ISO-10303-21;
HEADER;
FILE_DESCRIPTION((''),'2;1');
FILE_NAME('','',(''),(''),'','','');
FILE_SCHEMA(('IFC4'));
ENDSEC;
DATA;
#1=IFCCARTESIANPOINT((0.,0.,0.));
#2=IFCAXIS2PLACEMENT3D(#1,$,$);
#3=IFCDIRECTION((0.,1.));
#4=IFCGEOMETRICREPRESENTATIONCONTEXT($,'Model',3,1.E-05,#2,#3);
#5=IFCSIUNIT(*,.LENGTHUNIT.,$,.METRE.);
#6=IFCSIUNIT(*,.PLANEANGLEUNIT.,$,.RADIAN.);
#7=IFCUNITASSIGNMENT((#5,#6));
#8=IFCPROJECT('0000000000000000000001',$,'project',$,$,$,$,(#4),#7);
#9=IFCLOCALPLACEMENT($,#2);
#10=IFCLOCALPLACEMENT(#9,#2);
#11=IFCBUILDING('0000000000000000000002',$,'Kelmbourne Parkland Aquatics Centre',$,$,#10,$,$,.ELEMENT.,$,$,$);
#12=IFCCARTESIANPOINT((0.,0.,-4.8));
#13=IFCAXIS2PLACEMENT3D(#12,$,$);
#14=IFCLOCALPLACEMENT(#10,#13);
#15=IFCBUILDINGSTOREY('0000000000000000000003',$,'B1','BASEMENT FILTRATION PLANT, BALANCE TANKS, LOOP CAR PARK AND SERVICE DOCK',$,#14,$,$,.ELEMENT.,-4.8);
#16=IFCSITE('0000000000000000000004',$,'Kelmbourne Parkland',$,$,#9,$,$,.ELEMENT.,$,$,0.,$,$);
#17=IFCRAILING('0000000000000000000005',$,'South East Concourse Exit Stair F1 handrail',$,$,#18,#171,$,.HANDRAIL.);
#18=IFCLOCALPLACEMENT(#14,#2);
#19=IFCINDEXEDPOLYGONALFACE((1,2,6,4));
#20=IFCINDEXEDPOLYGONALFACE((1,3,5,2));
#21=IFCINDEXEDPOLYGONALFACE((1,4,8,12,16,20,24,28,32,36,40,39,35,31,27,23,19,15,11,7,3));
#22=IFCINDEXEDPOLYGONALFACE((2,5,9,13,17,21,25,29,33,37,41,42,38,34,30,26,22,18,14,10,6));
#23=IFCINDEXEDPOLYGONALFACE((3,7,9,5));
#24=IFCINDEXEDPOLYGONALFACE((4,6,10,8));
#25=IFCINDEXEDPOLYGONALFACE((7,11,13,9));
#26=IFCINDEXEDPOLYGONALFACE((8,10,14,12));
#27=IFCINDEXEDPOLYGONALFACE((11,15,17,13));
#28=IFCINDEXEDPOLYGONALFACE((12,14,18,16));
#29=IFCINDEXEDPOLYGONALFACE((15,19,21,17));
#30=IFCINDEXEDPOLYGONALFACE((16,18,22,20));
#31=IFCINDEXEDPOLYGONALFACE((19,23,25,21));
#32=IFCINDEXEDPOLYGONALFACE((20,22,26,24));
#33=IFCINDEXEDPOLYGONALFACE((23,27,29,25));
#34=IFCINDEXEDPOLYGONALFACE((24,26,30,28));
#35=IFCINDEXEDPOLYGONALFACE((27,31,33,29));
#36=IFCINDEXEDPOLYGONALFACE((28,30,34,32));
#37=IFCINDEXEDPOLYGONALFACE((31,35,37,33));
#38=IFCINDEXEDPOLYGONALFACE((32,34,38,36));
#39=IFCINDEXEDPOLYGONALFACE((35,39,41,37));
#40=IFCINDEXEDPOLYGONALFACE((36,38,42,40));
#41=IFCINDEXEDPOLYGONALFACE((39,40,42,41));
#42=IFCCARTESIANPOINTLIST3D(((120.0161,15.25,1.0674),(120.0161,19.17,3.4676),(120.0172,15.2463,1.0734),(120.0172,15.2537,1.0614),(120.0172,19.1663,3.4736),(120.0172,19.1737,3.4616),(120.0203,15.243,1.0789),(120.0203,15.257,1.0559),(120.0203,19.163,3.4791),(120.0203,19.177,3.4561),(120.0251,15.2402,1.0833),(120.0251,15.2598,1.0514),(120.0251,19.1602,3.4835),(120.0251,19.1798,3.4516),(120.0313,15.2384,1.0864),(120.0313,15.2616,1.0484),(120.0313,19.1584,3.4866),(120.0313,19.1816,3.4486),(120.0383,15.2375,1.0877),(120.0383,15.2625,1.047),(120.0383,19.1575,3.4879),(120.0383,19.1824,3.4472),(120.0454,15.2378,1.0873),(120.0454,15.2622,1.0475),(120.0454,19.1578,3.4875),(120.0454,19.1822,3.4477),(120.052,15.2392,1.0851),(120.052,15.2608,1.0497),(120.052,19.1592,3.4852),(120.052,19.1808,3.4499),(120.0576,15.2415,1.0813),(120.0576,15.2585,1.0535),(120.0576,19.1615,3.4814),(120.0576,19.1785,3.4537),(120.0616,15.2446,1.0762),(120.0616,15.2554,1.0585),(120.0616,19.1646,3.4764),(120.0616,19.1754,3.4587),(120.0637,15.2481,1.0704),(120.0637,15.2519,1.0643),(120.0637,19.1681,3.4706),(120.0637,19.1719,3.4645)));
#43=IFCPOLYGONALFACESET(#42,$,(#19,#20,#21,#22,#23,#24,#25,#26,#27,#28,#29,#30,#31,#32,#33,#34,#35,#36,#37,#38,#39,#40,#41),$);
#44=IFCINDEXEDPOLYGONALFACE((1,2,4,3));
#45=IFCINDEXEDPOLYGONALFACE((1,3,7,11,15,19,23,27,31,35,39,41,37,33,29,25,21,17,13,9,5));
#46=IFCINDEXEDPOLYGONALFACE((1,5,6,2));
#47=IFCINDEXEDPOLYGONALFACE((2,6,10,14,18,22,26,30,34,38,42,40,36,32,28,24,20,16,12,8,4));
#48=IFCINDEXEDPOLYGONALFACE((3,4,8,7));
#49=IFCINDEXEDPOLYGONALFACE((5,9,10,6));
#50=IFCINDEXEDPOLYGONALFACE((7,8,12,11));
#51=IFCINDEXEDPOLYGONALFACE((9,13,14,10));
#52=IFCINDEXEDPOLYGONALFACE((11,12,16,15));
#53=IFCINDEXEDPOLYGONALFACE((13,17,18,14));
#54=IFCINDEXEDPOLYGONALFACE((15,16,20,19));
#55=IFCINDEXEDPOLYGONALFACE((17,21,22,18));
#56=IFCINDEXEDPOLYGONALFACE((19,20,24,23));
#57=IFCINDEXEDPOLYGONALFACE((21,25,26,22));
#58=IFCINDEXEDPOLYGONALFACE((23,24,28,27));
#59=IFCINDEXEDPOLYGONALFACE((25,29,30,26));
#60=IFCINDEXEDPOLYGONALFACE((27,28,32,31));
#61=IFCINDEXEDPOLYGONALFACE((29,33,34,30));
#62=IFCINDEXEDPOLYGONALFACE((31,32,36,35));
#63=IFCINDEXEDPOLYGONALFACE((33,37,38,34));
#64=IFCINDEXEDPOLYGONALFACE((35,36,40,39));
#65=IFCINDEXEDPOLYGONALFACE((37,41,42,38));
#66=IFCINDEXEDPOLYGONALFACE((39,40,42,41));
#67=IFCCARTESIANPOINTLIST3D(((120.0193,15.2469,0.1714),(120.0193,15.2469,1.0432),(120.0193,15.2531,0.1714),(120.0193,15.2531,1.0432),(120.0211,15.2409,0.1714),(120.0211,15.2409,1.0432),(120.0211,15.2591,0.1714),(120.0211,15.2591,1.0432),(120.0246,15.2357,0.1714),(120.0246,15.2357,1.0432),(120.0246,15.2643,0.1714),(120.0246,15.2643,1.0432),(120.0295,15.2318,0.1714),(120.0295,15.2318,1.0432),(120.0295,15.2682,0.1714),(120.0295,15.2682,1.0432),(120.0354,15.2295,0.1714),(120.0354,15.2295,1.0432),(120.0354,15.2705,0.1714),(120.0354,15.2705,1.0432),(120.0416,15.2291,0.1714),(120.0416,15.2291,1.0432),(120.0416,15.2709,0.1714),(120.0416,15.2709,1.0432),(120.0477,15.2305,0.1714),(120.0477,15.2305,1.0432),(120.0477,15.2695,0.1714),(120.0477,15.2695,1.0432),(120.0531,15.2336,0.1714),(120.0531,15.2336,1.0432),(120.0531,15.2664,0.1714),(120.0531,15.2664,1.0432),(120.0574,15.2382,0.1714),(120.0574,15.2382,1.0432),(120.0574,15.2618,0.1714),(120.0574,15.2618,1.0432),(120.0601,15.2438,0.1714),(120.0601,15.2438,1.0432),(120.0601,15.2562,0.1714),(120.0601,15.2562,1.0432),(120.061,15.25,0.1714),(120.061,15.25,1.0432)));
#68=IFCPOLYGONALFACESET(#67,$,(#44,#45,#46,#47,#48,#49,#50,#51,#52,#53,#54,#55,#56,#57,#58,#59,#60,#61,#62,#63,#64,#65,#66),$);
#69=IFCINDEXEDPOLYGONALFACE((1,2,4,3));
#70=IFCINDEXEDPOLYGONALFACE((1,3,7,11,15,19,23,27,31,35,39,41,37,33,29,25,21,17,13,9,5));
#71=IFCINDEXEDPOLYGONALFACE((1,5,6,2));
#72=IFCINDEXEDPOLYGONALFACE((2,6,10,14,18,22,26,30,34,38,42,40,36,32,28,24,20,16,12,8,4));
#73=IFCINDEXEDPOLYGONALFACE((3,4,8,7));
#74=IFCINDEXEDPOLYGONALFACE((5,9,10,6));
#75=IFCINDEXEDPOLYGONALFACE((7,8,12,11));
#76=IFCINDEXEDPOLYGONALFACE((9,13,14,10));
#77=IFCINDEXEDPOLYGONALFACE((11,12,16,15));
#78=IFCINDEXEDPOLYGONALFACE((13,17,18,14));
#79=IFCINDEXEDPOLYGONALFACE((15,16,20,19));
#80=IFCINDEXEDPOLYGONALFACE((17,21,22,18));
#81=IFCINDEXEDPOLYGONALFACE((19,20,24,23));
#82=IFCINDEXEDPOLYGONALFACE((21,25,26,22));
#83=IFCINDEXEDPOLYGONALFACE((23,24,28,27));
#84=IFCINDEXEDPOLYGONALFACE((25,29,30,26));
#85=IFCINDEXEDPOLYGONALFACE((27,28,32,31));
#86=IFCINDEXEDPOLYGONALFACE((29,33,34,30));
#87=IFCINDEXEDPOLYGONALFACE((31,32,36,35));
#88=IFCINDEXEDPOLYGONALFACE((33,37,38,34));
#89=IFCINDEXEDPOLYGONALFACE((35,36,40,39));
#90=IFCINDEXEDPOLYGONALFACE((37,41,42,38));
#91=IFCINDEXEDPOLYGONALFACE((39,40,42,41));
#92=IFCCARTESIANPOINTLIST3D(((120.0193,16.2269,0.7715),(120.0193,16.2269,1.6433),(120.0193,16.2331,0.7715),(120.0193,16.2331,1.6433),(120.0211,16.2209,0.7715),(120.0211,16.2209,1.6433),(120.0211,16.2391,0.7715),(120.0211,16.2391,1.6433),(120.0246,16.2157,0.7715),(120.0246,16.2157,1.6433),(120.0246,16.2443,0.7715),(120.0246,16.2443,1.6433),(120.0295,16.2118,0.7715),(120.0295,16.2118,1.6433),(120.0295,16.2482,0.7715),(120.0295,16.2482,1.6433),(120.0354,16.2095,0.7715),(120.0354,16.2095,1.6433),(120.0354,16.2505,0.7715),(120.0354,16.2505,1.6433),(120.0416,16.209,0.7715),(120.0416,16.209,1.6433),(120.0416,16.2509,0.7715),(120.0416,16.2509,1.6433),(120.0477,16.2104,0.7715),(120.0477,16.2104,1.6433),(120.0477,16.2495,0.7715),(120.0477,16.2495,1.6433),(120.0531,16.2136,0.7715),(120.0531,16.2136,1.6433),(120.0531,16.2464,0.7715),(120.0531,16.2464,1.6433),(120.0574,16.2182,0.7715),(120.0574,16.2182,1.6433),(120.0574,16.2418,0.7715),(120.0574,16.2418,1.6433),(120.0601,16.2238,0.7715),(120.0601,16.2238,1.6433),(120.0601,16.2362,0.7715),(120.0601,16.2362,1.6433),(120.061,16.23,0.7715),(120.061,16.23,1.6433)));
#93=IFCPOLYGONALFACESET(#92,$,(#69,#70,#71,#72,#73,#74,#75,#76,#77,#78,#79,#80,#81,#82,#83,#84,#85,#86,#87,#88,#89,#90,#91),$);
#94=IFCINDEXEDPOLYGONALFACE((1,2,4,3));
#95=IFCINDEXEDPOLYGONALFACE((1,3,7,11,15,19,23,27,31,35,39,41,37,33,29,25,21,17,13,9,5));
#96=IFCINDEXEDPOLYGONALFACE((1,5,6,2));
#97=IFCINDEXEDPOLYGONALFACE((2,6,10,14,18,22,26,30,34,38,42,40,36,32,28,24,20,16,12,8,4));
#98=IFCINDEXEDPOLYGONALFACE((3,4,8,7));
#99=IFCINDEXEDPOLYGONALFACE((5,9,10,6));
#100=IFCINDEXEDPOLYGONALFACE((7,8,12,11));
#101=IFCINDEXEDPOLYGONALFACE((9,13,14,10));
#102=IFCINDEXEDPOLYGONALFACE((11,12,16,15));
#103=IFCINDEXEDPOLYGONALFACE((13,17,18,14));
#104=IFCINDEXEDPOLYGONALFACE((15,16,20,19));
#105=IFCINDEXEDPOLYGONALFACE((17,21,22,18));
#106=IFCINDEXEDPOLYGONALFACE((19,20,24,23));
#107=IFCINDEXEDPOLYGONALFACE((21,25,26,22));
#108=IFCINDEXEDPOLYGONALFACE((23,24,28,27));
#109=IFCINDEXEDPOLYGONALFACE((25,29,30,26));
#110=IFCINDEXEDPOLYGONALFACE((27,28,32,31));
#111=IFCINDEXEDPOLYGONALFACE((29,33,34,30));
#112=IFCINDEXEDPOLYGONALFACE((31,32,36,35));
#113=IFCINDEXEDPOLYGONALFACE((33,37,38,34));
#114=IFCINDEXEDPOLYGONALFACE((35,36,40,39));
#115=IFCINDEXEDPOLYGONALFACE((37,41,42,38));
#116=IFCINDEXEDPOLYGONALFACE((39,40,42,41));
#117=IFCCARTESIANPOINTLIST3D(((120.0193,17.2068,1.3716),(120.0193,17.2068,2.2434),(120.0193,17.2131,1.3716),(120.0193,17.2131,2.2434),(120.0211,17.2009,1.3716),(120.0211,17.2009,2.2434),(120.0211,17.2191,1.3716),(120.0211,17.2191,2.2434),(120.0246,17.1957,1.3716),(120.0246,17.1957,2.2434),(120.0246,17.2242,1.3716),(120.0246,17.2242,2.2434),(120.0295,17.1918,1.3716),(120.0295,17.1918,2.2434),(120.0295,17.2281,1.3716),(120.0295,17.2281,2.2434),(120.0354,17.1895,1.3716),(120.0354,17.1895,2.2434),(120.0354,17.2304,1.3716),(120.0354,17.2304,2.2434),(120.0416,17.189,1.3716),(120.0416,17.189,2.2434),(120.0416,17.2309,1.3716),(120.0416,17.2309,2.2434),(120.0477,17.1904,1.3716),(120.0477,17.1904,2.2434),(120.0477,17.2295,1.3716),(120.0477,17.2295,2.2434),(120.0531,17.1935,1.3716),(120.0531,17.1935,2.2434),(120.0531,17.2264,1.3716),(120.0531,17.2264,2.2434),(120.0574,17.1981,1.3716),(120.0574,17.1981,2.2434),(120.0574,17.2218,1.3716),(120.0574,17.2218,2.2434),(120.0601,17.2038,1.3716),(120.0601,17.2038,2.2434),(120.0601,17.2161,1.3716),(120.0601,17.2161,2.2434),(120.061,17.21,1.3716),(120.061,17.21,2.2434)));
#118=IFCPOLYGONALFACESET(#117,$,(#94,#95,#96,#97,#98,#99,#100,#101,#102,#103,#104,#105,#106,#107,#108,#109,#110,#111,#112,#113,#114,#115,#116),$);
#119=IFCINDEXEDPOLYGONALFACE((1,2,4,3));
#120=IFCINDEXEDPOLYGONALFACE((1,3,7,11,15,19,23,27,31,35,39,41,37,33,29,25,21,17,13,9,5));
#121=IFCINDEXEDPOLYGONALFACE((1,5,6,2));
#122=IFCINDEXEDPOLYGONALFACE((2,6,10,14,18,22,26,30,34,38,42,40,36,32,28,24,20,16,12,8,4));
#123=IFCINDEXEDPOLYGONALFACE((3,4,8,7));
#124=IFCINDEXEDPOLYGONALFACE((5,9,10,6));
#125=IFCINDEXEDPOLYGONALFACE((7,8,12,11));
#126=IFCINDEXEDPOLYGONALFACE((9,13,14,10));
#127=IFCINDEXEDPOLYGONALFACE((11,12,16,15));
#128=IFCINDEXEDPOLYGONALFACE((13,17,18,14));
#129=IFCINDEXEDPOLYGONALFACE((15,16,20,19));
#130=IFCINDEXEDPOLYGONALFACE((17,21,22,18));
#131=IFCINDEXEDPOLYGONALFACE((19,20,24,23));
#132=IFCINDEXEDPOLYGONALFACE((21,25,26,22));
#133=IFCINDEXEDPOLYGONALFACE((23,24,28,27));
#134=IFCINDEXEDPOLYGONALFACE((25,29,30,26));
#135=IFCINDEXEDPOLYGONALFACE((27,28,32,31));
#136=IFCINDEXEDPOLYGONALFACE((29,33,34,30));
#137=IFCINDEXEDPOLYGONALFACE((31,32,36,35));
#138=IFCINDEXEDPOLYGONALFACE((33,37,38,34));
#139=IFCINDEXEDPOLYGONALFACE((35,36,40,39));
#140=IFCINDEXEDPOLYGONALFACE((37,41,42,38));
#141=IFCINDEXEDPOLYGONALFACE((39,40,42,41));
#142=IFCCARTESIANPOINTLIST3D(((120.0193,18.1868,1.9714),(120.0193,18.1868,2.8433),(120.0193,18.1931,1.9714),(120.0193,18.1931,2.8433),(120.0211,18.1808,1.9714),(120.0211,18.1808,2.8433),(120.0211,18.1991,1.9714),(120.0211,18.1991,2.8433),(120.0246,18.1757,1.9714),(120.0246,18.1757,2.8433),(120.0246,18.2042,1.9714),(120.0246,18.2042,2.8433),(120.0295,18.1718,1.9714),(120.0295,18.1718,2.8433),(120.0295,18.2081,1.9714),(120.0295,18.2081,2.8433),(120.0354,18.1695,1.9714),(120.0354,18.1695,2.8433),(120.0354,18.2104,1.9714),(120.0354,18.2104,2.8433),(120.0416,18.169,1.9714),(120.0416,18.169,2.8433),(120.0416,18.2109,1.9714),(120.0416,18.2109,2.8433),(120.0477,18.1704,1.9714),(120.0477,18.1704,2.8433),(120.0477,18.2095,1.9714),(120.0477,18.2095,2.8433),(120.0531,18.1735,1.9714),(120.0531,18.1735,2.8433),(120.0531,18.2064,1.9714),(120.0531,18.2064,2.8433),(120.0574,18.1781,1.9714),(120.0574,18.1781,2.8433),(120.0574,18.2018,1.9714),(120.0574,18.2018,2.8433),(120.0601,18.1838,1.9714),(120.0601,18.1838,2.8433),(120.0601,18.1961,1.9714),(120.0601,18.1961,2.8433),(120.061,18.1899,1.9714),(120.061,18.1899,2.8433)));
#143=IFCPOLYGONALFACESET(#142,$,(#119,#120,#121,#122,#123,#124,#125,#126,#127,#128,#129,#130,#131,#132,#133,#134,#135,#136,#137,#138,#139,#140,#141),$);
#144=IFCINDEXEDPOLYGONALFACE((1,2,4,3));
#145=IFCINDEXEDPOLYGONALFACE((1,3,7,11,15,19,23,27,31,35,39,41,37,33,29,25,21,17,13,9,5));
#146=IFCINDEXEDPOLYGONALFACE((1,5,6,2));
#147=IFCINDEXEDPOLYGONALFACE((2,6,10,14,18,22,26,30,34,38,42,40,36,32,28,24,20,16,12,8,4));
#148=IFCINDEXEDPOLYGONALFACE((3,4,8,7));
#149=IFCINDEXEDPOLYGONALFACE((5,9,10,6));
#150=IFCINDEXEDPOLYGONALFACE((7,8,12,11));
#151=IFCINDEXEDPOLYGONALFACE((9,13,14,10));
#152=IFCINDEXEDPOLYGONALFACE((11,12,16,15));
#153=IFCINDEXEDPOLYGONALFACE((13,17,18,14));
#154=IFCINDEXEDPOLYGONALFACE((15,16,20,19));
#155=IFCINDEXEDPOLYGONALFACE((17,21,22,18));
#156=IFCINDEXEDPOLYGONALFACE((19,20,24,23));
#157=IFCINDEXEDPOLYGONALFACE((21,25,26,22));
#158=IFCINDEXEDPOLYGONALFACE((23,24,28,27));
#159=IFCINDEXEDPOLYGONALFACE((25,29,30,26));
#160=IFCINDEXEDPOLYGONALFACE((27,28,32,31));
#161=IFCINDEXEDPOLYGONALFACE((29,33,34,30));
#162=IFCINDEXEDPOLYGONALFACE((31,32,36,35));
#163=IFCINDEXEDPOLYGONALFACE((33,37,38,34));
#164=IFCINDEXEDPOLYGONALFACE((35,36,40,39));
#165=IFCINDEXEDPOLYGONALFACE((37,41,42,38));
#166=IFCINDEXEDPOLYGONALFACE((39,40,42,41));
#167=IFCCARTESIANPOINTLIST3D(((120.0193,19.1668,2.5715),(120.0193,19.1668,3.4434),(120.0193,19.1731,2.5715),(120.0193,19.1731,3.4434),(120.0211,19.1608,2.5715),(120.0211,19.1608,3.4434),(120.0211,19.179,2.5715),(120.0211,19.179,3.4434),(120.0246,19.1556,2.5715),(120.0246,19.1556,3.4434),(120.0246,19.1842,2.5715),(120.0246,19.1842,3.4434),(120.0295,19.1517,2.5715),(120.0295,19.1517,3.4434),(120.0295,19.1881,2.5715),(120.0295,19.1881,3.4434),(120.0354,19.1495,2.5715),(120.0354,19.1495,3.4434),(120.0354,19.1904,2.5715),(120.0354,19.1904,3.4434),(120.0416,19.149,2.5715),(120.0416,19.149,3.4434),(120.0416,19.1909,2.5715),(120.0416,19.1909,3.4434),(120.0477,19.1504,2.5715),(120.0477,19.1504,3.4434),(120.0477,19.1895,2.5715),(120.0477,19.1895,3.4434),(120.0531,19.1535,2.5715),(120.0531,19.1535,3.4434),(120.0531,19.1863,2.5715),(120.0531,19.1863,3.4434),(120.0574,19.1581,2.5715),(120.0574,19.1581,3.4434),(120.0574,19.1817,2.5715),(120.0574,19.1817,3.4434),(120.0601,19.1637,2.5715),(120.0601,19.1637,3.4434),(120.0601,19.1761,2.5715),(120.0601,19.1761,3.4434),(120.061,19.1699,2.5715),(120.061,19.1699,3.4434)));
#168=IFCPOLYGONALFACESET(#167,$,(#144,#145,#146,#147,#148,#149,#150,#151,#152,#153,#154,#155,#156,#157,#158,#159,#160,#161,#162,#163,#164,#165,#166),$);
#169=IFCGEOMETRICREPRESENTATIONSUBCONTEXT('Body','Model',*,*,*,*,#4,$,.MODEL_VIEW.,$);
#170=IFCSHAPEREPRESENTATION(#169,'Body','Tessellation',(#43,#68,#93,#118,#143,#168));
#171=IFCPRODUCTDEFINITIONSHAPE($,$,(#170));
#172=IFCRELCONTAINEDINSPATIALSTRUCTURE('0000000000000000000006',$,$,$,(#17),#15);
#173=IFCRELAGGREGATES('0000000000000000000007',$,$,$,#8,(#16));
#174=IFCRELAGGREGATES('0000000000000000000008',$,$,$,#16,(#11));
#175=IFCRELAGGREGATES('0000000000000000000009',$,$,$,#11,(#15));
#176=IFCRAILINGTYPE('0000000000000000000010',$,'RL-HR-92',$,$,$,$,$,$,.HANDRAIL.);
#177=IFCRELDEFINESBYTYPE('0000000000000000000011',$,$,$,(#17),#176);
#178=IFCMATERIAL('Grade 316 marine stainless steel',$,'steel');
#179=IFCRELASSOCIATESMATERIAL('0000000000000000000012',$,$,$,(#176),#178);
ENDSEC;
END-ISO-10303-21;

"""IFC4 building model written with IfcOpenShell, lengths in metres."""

from ifc_helpers import new_model, si_unit, direction, frame, origin, origin_2d, place, context, subcontext, project, spatial, circle, extrude, material, type_object, element, save


model = new_model("IFC4")

# Units and contexts
model_context = context("Model", 3, precision=1e-05, world=origin(), true_north=direction((0.0, 1.0)))
body_context = subcontext(model_context, "Body", "Model", "MODEL_VIEW")
ifc_project = project(units=[si_unit("LENGTHUNIT", "METRE"), si_unit("PLANEANGLEUNIT", "RADIAN")], contexts=[model_context])

# Site, building, storey
site_placement = place(None, origin())
site = spatial("IfcSite", under=ifc_project, at=site_placement, Name="Kelmbourne Parkland", CompositionType="ELEMENT", RefElevation=0.0)
building_placement = place(site_placement, origin())
building = spatial("IfcBuilding", under=site, at=building_placement, Name="Kelmbourne Parkland Aquatics Centre", CompositionType="ELEMENT")
storey_placement = place(building_placement, frame((0.0, 0.0, -4.8)))
storey = spatial("IfcBuildingStorey", under=building, at=storey_placement, Name="B1", Description="BASEMENT FILTRATION PLANT, BALANCE TANKS, LOOP CAR PARK AND SERVICE DOCK", CompositionType="ELEMENT", Elevation=-4.8)

# Railing
ifc_material_1 = material(Name="Grade 316 marine stainless steel", Category="steel")
railing_type_1 = type_object("IfcRailingType", Name="RL-HR-92", PredefinedType="HANDRAIL", material=ifc_material_1)
railing_1_placement = place(storey_placement, frame((120.04, 15.25, 0.1714)))
element("IfcRailing", 1, at=railing_1_placement, inside=storey, type_object=railing_type_1, Name="South East Concourse Exit Stair F1 handrail", PredefinedType="HANDRAIL", context=body_context, shape_type="SweptSolid", body=[
    extrude(circle(Radius=0.0239, at=origin_2d()), frame((0.0, 0.0, 0.896), z_axis=(0.0, 0.852832, 0.522185), x_axis=(-1.0, 0.0, 0.0)), (0.0, 0.0, 1.0), 4.5964),
    extrude(circle(Radius=0.021, at=origin_2d()), origin(), (0.0, 0.0, 1.0), 0.8718),
    extrude(circle(Radius=0.021, at=origin_2d()), frame((0.0, 0.98, 0.6001)), (0.0, 0.0, 1.0), 0.8718),
    extrude(circle(Radius=0.021, at=origin_2d()), frame((0.0, 1.96, 1.2002)), (0.0, 0.0, 1.0), 0.8718),
    extrude(circle(Radius=0.021, at=origin_2d()), frame((0.0, 2.9399, 1.8)), (0.0, 0.0, 1.0), 0.8718),
    extrude(circle(Radius=0.021, at=origin_2d()), frame((0.0, 3.9199, 2.4001)), (0.0, 0.0, 1.0), 0.8718),
])

save(model, "model.ifc")
